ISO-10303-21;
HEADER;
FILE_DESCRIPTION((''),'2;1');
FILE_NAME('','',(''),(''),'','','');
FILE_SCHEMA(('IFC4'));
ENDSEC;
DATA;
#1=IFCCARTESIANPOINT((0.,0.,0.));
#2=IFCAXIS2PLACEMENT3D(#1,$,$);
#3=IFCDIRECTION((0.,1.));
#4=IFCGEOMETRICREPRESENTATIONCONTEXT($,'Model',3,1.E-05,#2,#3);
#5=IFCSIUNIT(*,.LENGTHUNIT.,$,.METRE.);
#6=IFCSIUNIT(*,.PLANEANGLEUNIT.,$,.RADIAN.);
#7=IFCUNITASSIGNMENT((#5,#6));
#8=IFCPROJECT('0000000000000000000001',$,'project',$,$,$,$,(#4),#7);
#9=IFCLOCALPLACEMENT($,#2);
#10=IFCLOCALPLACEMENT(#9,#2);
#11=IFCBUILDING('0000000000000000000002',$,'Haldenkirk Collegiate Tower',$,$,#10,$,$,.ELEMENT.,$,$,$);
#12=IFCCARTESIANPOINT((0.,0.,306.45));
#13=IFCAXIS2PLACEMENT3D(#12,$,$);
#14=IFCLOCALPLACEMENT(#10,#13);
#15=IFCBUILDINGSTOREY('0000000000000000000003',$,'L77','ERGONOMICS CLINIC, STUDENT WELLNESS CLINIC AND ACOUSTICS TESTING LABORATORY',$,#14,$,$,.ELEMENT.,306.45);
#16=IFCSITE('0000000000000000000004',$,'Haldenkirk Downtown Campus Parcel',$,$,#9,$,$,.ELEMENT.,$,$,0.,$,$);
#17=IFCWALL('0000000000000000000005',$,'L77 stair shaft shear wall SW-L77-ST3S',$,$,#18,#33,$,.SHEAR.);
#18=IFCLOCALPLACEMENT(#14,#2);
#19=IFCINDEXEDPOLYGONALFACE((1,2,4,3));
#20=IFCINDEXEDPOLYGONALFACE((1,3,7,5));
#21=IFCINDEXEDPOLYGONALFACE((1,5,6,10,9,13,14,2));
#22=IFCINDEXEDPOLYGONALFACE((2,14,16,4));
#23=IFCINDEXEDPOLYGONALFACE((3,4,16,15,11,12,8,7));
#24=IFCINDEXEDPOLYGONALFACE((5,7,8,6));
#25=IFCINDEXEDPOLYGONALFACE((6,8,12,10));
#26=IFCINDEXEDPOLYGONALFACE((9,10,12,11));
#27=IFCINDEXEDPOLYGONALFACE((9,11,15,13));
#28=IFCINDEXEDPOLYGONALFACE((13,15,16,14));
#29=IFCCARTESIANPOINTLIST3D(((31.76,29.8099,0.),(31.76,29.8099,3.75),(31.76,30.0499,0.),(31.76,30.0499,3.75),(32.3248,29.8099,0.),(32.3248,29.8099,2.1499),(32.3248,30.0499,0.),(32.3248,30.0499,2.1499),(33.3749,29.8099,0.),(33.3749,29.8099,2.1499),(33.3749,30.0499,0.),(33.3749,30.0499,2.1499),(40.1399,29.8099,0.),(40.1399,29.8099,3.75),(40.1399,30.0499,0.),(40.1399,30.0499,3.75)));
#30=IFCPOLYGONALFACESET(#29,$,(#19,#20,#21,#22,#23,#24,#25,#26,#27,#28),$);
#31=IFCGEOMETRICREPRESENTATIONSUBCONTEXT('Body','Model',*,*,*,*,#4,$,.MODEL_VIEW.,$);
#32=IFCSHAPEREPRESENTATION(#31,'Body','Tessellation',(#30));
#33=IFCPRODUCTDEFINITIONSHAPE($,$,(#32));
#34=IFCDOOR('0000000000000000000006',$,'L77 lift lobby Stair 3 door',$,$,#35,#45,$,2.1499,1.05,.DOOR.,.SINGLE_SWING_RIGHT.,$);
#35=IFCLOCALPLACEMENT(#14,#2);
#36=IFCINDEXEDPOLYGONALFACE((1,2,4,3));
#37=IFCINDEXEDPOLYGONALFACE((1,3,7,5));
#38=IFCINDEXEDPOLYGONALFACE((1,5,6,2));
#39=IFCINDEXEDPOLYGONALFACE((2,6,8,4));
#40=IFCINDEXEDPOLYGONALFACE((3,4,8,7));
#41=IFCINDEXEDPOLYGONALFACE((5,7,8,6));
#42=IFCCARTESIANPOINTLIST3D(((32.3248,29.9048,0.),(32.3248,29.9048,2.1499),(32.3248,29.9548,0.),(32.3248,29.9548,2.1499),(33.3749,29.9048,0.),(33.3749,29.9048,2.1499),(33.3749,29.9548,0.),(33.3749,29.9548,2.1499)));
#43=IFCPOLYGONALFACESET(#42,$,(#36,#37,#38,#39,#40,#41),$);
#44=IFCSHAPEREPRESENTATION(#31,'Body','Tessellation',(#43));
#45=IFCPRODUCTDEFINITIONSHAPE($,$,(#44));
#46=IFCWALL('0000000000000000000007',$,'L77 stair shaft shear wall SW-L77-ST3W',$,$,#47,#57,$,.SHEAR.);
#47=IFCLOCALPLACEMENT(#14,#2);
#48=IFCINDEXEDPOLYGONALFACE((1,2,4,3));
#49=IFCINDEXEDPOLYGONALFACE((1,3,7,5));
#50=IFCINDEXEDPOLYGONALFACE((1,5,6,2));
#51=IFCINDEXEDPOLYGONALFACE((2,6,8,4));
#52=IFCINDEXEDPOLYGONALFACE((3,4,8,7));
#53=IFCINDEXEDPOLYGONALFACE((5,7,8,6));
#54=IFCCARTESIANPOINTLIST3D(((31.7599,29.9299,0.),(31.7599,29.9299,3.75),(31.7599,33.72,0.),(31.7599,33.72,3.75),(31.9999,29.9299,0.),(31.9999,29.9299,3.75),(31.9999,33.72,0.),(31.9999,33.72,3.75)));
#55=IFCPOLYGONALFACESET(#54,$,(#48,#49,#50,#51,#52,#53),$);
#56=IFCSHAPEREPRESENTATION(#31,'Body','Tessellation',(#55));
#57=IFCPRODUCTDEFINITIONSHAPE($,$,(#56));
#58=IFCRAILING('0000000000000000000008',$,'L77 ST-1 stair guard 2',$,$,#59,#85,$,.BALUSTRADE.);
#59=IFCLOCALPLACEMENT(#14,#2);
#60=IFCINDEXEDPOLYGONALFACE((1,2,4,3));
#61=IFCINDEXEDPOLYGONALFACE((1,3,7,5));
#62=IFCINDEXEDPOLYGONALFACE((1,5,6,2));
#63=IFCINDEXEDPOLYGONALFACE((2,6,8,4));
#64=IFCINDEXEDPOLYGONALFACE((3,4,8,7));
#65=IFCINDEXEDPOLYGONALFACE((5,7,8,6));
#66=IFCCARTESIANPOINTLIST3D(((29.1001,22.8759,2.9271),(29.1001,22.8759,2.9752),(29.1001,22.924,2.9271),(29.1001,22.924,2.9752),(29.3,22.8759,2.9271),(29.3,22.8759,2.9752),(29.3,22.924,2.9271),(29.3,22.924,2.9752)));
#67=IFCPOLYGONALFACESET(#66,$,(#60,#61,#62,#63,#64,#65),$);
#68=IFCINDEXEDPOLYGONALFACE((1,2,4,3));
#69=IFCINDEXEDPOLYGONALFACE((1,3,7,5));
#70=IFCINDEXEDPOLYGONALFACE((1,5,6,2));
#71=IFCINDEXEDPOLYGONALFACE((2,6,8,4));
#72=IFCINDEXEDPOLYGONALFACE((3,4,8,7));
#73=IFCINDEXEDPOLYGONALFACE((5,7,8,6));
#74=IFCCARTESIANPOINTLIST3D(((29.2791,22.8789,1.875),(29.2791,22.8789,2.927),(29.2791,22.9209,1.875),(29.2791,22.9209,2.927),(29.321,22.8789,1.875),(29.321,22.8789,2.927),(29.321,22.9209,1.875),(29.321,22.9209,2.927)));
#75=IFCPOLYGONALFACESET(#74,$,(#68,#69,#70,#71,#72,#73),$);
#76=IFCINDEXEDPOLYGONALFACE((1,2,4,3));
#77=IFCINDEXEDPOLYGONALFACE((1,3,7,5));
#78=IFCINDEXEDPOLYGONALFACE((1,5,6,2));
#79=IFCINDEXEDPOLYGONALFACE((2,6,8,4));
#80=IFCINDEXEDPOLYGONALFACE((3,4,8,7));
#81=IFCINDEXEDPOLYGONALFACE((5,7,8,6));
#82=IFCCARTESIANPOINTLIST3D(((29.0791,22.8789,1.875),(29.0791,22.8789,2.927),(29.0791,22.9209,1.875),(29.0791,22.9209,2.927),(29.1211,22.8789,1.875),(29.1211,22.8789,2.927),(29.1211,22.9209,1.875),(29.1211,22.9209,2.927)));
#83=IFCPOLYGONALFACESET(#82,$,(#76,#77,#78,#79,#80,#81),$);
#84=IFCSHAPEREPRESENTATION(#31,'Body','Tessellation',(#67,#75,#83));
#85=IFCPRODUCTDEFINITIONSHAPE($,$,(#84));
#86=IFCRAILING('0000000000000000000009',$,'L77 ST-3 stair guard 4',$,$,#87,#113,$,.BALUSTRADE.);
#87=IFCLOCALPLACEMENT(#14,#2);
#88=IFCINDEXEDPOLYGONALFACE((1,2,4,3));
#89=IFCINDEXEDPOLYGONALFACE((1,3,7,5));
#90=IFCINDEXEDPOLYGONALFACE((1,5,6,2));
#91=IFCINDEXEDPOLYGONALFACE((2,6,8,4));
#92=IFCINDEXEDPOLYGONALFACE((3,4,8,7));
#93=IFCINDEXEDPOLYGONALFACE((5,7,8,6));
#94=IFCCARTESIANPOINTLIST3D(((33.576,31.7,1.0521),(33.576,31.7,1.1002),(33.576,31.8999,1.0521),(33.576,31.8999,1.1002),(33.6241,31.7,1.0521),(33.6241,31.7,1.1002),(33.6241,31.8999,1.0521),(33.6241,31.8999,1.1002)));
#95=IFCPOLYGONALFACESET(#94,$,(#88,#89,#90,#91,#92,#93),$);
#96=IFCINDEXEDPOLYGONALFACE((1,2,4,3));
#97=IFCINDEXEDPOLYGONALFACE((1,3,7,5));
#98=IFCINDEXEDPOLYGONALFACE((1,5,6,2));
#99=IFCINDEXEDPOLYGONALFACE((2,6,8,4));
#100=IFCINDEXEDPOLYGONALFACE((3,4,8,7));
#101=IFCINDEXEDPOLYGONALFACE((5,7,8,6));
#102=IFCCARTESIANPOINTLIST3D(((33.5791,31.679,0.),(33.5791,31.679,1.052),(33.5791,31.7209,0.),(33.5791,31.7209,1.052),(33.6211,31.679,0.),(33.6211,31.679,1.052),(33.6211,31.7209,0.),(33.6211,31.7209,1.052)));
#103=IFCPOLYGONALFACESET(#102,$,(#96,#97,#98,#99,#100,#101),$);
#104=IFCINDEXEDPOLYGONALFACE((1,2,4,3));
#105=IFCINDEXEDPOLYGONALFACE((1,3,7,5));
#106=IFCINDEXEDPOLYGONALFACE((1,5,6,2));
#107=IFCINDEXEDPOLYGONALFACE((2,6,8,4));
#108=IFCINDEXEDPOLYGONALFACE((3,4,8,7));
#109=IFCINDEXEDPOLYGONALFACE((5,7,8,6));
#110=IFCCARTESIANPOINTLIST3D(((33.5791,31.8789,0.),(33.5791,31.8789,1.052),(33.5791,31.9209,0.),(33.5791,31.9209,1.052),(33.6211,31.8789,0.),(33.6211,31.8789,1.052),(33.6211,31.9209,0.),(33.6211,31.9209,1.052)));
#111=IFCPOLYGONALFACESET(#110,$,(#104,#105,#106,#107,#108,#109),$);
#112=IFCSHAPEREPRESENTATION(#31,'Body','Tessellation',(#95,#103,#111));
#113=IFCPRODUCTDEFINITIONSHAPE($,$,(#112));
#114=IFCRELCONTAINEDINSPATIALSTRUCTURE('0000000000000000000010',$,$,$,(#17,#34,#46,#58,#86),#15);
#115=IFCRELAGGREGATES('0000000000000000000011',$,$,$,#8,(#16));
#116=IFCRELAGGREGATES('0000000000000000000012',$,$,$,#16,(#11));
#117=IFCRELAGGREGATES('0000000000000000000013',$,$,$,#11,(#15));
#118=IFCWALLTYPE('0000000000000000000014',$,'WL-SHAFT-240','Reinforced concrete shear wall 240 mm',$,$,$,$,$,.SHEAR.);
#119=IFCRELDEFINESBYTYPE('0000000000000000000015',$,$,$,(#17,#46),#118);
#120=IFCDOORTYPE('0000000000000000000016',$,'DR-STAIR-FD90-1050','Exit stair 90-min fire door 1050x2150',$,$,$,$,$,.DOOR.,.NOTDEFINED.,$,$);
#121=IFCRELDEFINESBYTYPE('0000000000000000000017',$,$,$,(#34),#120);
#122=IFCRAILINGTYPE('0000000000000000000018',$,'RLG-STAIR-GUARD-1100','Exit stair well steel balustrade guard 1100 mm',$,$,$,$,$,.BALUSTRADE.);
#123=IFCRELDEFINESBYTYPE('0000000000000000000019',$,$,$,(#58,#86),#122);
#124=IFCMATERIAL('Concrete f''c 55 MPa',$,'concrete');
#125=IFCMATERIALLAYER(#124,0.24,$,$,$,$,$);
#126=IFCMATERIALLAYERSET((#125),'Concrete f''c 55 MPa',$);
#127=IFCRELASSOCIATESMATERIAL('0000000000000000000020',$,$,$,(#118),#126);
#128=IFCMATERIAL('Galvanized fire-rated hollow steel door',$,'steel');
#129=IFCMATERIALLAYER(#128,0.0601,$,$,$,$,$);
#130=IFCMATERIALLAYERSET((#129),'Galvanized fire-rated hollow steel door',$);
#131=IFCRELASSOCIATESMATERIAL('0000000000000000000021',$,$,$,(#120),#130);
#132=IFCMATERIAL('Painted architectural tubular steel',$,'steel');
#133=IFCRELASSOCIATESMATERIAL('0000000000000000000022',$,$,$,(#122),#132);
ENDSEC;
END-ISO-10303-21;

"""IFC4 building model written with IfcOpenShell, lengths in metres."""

from ifc_helpers import new_model, si_unit, direction, frame, frame_2d, origin, origin_2d, place, context, subcontext, project, spatial, rectangle, extrude, material, layer, layer_set, type_object, element, fill, save


model = new_model("IFC4")

# Units and contexts
model_context = context("Model", 3, precision=1e-05, world=origin(), true_north=direction((0.0, 1.0)))
body_context = subcontext(model_context, "Body", "Model", "MODEL_VIEW")
ifc_project = project(units=[si_unit("LENGTHUNIT", "METRE"), si_unit("PLANEANGLEUNIT", "RADIAN")], contexts=[model_context])

# Site, building, storey
site_placement = place(None, origin())
site = spatial("IfcSite", under=ifc_project, at=site_placement, Name="Haldenkirk Downtown Campus Parcel", CompositionType="ELEMENT", RefElevation=0.0)
building_placement = place(site_placement, origin())
building = spatial("IfcBuilding", under=site, at=building_placement, Name="Haldenkirk Collegiate Tower", CompositionType="ELEMENT")
storey_placement = place(building_placement, frame((0.0, 0.0, 306.45)))
storey = spatial("IfcBuildingStorey", under=building, at=storey_placement, Name="L77", Description="ERGONOMICS CLINIC, STUDENT WELLNESS CLINIC AND ACOUSTICS TESTING LABORATORY", CompositionType="ELEMENT", Elevation=306.45)

# Shared definitions
ifc_material_1 = material(Name="Concrete f'c 55 MPa", Category="concrete")

# Shared definitions
ifc_layer_1 = layer(ifc_material_1, 0.24)
ifc_layer_set_1 = layer_set([ifc_layer_1], Name="Concrete f'c 55 MPa")
wall_type_1 = type_object("IfcWallType", Name="WL-SHAFT-240", Description="Reinforced concrete shear wall 240 mm", PredefinedType="SHEAR", material=ifc_layer_set_1)

# Wall, opening, door
wall_1_placement = place(storey_placement, frame((31.76, 29.9299, 0.0), z_axis=(0.0, 0.0, 1.0), x_axis=(1.0, 0.0, 0.0)))
wall_1 = element("IfcWall", 1, at=wall_1_placement, inside=storey, type_object=wall_type_1, Name="L77 stair shaft shear wall SW-L77-ST3S", PredefinedType="SHEAR", context=body_context, shape_type="SweptSolid", body=[
    extrude(rectangle(XDim=8.3799, YDim=0.24, at=frame_2d((4.1899, 0.0))), origin(), (0.0, 0.0, 1.0), 3.75),
])
opening_1_placement = place(wall_1_placement, frame((0.5649, 0.0, 0.0)))
opening_1 = element("IfcOpeningElement", 2, at=opening_1_placement, cuts=wall_1, PredefinedType="OPENING", context=body_context, shape_type="SweptSolid", body=[
    extrude(rectangle(XDim=1.05, YDim=2.1499, at=frame_2d((0.5249, 1.075))), frame((0.0, 0.1299, 0.0), z_axis=(0.0, -1.0, 0.0), x_axis=(1.0, 0.0, 0.0)), (0.0, 0.0, 1.0), 0.26),
])
ifc_material_2 = material(Name="Galvanized fire-rated hollow steel door", Category="steel")
ifc_layer_2 = layer(ifc_material_2, 0.0601)
ifc_layer_set_2 = layer_set([ifc_layer_2], Name="Galvanized fire-rated hollow steel door")
door_type_1 = type_object("IfcDoorType", Name="DR-STAIR-FD90-1050", Description="Exit stair 90-min fire door 1050x2150", OperationType="NOTDEFINED", PredefinedType="DOOR", material=ifc_layer_set_2)
door_1_placement = place(opening_1_placement, origin())
door_1 = element("IfcDoor", 3, at=door_1_placement, inside=storey, type_object=door_type_1, Name="L77 lift lobby Stair 3 door", OperationType="SINGLE_SWING_RIGHT", OverallHeight=2.1499, OverallWidth=1.05, PredefinedType="DOOR", context=body_context, shape_type="SweptSolid", body=[
    extrude(rectangle(XDim=1.05, YDim=2.1499, at=frame_2d((0.5249, 1.075))), frame((0.0, 0.0249, 0.0), z_axis=(0.0, -1.0, 0.0), x_axis=(1.0, 0.0, 0.0)), (0.0, 0.0, 1.0), 0.05),
])
fill(opening_1, door_1)

# Wall
wall_2_placement = place(storey_placement, frame((31.8799, 29.9299, 0.0), z_axis=(0.0, 0.0, 1.0), x_axis=(0.0, 1.0, 0.0)))
element("IfcWall", 4, at=wall_2_placement, inside=storey, type_object=wall_type_1, Name="L77 stair shaft shear wall SW-L77-ST3W", PredefinedType="SHEAR", context=body_context, shape_type="SweptSolid", body=[
    extrude(rectangle(XDim=3.79, YDim=0.24, at=frame_2d((1.895, 0.0))), origin(), (0.0, 0.0, 1.0), 3.75),
])

# Railings
ifc_material_3 = material(Name="Painted architectural tubular steel", Category="steel")
railing_type = type_object("IfcRailingType", Name="RLG-STAIR-GUARD-1100", Description="Exit stair well steel balustrade guard 1100 mm", PredefinedType="BALUSTRADE", material=ifc_material_3)
railing_1_placement = place(storey_placement, frame((29.3, 22.8999, 1.875)))
element("IfcRailing", 5, at=railing_1_placement, inside=storey, type_object=railing_type, Name="L77 ST-1 stair guard 2", PredefinedType="BALUSTRADE", context=body_context, shape_type="SweptSolid", body=[
    extrude(rectangle(XDim=0.0481, YDim=0.0481, at=origin_2d()), frame((0.0, 0.0, 1.0762), z_axis=(-1.0, 0.0, 0.0), x_axis=(0.0, -1.0, 0.0)), (0.0, 0.0, 1.0), 0.2),
    extrude(rectangle(XDim=0.042, YDim=0.042, at=origin_2d()), origin(), (0.0, 0.0, 1.0), 1.052),
    extrude(rectangle(XDim=0.042, YDim=0.042, at=origin_2d()), frame((-0.2, 0.0, 0.0)), (0.0, 0.0, 1.0), 1.052),
])
railing_2_placement = place(storey_placement, frame((33.6001, 31.7, 0.0)))
element("IfcRailing", 6, at=railing_2_placement, inside=storey, type_object=railing_type, Name="L77 ST-3 stair guard 4", PredefinedType="BALUSTRADE", context=body_context, shape_type="SweptSolid", body=[
    extrude(rectangle(XDim=0.0481, YDim=0.0481, at=origin_2d()), frame((0.0, 0.0, 1.0762), z_axis=(0.0, 1.0, 0.0), x_axis=(-1.0, 0.0, 0.0)), (0.0, 0.0, 1.0), 0.2),
    extrude(rectangle(XDim=0.042, YDim=0.042, at=origin_2d()), origin(), (0.0, 0.0, 1.0), 1.052),
    extrude(rectangle(XDim=0.042, YDim=0.042, at=origin_2d()), frame((0.0, 0.2, 0.0)), (0.0, 0.0, 1.0), 1.052),
])

save(model, "model.ifc")
